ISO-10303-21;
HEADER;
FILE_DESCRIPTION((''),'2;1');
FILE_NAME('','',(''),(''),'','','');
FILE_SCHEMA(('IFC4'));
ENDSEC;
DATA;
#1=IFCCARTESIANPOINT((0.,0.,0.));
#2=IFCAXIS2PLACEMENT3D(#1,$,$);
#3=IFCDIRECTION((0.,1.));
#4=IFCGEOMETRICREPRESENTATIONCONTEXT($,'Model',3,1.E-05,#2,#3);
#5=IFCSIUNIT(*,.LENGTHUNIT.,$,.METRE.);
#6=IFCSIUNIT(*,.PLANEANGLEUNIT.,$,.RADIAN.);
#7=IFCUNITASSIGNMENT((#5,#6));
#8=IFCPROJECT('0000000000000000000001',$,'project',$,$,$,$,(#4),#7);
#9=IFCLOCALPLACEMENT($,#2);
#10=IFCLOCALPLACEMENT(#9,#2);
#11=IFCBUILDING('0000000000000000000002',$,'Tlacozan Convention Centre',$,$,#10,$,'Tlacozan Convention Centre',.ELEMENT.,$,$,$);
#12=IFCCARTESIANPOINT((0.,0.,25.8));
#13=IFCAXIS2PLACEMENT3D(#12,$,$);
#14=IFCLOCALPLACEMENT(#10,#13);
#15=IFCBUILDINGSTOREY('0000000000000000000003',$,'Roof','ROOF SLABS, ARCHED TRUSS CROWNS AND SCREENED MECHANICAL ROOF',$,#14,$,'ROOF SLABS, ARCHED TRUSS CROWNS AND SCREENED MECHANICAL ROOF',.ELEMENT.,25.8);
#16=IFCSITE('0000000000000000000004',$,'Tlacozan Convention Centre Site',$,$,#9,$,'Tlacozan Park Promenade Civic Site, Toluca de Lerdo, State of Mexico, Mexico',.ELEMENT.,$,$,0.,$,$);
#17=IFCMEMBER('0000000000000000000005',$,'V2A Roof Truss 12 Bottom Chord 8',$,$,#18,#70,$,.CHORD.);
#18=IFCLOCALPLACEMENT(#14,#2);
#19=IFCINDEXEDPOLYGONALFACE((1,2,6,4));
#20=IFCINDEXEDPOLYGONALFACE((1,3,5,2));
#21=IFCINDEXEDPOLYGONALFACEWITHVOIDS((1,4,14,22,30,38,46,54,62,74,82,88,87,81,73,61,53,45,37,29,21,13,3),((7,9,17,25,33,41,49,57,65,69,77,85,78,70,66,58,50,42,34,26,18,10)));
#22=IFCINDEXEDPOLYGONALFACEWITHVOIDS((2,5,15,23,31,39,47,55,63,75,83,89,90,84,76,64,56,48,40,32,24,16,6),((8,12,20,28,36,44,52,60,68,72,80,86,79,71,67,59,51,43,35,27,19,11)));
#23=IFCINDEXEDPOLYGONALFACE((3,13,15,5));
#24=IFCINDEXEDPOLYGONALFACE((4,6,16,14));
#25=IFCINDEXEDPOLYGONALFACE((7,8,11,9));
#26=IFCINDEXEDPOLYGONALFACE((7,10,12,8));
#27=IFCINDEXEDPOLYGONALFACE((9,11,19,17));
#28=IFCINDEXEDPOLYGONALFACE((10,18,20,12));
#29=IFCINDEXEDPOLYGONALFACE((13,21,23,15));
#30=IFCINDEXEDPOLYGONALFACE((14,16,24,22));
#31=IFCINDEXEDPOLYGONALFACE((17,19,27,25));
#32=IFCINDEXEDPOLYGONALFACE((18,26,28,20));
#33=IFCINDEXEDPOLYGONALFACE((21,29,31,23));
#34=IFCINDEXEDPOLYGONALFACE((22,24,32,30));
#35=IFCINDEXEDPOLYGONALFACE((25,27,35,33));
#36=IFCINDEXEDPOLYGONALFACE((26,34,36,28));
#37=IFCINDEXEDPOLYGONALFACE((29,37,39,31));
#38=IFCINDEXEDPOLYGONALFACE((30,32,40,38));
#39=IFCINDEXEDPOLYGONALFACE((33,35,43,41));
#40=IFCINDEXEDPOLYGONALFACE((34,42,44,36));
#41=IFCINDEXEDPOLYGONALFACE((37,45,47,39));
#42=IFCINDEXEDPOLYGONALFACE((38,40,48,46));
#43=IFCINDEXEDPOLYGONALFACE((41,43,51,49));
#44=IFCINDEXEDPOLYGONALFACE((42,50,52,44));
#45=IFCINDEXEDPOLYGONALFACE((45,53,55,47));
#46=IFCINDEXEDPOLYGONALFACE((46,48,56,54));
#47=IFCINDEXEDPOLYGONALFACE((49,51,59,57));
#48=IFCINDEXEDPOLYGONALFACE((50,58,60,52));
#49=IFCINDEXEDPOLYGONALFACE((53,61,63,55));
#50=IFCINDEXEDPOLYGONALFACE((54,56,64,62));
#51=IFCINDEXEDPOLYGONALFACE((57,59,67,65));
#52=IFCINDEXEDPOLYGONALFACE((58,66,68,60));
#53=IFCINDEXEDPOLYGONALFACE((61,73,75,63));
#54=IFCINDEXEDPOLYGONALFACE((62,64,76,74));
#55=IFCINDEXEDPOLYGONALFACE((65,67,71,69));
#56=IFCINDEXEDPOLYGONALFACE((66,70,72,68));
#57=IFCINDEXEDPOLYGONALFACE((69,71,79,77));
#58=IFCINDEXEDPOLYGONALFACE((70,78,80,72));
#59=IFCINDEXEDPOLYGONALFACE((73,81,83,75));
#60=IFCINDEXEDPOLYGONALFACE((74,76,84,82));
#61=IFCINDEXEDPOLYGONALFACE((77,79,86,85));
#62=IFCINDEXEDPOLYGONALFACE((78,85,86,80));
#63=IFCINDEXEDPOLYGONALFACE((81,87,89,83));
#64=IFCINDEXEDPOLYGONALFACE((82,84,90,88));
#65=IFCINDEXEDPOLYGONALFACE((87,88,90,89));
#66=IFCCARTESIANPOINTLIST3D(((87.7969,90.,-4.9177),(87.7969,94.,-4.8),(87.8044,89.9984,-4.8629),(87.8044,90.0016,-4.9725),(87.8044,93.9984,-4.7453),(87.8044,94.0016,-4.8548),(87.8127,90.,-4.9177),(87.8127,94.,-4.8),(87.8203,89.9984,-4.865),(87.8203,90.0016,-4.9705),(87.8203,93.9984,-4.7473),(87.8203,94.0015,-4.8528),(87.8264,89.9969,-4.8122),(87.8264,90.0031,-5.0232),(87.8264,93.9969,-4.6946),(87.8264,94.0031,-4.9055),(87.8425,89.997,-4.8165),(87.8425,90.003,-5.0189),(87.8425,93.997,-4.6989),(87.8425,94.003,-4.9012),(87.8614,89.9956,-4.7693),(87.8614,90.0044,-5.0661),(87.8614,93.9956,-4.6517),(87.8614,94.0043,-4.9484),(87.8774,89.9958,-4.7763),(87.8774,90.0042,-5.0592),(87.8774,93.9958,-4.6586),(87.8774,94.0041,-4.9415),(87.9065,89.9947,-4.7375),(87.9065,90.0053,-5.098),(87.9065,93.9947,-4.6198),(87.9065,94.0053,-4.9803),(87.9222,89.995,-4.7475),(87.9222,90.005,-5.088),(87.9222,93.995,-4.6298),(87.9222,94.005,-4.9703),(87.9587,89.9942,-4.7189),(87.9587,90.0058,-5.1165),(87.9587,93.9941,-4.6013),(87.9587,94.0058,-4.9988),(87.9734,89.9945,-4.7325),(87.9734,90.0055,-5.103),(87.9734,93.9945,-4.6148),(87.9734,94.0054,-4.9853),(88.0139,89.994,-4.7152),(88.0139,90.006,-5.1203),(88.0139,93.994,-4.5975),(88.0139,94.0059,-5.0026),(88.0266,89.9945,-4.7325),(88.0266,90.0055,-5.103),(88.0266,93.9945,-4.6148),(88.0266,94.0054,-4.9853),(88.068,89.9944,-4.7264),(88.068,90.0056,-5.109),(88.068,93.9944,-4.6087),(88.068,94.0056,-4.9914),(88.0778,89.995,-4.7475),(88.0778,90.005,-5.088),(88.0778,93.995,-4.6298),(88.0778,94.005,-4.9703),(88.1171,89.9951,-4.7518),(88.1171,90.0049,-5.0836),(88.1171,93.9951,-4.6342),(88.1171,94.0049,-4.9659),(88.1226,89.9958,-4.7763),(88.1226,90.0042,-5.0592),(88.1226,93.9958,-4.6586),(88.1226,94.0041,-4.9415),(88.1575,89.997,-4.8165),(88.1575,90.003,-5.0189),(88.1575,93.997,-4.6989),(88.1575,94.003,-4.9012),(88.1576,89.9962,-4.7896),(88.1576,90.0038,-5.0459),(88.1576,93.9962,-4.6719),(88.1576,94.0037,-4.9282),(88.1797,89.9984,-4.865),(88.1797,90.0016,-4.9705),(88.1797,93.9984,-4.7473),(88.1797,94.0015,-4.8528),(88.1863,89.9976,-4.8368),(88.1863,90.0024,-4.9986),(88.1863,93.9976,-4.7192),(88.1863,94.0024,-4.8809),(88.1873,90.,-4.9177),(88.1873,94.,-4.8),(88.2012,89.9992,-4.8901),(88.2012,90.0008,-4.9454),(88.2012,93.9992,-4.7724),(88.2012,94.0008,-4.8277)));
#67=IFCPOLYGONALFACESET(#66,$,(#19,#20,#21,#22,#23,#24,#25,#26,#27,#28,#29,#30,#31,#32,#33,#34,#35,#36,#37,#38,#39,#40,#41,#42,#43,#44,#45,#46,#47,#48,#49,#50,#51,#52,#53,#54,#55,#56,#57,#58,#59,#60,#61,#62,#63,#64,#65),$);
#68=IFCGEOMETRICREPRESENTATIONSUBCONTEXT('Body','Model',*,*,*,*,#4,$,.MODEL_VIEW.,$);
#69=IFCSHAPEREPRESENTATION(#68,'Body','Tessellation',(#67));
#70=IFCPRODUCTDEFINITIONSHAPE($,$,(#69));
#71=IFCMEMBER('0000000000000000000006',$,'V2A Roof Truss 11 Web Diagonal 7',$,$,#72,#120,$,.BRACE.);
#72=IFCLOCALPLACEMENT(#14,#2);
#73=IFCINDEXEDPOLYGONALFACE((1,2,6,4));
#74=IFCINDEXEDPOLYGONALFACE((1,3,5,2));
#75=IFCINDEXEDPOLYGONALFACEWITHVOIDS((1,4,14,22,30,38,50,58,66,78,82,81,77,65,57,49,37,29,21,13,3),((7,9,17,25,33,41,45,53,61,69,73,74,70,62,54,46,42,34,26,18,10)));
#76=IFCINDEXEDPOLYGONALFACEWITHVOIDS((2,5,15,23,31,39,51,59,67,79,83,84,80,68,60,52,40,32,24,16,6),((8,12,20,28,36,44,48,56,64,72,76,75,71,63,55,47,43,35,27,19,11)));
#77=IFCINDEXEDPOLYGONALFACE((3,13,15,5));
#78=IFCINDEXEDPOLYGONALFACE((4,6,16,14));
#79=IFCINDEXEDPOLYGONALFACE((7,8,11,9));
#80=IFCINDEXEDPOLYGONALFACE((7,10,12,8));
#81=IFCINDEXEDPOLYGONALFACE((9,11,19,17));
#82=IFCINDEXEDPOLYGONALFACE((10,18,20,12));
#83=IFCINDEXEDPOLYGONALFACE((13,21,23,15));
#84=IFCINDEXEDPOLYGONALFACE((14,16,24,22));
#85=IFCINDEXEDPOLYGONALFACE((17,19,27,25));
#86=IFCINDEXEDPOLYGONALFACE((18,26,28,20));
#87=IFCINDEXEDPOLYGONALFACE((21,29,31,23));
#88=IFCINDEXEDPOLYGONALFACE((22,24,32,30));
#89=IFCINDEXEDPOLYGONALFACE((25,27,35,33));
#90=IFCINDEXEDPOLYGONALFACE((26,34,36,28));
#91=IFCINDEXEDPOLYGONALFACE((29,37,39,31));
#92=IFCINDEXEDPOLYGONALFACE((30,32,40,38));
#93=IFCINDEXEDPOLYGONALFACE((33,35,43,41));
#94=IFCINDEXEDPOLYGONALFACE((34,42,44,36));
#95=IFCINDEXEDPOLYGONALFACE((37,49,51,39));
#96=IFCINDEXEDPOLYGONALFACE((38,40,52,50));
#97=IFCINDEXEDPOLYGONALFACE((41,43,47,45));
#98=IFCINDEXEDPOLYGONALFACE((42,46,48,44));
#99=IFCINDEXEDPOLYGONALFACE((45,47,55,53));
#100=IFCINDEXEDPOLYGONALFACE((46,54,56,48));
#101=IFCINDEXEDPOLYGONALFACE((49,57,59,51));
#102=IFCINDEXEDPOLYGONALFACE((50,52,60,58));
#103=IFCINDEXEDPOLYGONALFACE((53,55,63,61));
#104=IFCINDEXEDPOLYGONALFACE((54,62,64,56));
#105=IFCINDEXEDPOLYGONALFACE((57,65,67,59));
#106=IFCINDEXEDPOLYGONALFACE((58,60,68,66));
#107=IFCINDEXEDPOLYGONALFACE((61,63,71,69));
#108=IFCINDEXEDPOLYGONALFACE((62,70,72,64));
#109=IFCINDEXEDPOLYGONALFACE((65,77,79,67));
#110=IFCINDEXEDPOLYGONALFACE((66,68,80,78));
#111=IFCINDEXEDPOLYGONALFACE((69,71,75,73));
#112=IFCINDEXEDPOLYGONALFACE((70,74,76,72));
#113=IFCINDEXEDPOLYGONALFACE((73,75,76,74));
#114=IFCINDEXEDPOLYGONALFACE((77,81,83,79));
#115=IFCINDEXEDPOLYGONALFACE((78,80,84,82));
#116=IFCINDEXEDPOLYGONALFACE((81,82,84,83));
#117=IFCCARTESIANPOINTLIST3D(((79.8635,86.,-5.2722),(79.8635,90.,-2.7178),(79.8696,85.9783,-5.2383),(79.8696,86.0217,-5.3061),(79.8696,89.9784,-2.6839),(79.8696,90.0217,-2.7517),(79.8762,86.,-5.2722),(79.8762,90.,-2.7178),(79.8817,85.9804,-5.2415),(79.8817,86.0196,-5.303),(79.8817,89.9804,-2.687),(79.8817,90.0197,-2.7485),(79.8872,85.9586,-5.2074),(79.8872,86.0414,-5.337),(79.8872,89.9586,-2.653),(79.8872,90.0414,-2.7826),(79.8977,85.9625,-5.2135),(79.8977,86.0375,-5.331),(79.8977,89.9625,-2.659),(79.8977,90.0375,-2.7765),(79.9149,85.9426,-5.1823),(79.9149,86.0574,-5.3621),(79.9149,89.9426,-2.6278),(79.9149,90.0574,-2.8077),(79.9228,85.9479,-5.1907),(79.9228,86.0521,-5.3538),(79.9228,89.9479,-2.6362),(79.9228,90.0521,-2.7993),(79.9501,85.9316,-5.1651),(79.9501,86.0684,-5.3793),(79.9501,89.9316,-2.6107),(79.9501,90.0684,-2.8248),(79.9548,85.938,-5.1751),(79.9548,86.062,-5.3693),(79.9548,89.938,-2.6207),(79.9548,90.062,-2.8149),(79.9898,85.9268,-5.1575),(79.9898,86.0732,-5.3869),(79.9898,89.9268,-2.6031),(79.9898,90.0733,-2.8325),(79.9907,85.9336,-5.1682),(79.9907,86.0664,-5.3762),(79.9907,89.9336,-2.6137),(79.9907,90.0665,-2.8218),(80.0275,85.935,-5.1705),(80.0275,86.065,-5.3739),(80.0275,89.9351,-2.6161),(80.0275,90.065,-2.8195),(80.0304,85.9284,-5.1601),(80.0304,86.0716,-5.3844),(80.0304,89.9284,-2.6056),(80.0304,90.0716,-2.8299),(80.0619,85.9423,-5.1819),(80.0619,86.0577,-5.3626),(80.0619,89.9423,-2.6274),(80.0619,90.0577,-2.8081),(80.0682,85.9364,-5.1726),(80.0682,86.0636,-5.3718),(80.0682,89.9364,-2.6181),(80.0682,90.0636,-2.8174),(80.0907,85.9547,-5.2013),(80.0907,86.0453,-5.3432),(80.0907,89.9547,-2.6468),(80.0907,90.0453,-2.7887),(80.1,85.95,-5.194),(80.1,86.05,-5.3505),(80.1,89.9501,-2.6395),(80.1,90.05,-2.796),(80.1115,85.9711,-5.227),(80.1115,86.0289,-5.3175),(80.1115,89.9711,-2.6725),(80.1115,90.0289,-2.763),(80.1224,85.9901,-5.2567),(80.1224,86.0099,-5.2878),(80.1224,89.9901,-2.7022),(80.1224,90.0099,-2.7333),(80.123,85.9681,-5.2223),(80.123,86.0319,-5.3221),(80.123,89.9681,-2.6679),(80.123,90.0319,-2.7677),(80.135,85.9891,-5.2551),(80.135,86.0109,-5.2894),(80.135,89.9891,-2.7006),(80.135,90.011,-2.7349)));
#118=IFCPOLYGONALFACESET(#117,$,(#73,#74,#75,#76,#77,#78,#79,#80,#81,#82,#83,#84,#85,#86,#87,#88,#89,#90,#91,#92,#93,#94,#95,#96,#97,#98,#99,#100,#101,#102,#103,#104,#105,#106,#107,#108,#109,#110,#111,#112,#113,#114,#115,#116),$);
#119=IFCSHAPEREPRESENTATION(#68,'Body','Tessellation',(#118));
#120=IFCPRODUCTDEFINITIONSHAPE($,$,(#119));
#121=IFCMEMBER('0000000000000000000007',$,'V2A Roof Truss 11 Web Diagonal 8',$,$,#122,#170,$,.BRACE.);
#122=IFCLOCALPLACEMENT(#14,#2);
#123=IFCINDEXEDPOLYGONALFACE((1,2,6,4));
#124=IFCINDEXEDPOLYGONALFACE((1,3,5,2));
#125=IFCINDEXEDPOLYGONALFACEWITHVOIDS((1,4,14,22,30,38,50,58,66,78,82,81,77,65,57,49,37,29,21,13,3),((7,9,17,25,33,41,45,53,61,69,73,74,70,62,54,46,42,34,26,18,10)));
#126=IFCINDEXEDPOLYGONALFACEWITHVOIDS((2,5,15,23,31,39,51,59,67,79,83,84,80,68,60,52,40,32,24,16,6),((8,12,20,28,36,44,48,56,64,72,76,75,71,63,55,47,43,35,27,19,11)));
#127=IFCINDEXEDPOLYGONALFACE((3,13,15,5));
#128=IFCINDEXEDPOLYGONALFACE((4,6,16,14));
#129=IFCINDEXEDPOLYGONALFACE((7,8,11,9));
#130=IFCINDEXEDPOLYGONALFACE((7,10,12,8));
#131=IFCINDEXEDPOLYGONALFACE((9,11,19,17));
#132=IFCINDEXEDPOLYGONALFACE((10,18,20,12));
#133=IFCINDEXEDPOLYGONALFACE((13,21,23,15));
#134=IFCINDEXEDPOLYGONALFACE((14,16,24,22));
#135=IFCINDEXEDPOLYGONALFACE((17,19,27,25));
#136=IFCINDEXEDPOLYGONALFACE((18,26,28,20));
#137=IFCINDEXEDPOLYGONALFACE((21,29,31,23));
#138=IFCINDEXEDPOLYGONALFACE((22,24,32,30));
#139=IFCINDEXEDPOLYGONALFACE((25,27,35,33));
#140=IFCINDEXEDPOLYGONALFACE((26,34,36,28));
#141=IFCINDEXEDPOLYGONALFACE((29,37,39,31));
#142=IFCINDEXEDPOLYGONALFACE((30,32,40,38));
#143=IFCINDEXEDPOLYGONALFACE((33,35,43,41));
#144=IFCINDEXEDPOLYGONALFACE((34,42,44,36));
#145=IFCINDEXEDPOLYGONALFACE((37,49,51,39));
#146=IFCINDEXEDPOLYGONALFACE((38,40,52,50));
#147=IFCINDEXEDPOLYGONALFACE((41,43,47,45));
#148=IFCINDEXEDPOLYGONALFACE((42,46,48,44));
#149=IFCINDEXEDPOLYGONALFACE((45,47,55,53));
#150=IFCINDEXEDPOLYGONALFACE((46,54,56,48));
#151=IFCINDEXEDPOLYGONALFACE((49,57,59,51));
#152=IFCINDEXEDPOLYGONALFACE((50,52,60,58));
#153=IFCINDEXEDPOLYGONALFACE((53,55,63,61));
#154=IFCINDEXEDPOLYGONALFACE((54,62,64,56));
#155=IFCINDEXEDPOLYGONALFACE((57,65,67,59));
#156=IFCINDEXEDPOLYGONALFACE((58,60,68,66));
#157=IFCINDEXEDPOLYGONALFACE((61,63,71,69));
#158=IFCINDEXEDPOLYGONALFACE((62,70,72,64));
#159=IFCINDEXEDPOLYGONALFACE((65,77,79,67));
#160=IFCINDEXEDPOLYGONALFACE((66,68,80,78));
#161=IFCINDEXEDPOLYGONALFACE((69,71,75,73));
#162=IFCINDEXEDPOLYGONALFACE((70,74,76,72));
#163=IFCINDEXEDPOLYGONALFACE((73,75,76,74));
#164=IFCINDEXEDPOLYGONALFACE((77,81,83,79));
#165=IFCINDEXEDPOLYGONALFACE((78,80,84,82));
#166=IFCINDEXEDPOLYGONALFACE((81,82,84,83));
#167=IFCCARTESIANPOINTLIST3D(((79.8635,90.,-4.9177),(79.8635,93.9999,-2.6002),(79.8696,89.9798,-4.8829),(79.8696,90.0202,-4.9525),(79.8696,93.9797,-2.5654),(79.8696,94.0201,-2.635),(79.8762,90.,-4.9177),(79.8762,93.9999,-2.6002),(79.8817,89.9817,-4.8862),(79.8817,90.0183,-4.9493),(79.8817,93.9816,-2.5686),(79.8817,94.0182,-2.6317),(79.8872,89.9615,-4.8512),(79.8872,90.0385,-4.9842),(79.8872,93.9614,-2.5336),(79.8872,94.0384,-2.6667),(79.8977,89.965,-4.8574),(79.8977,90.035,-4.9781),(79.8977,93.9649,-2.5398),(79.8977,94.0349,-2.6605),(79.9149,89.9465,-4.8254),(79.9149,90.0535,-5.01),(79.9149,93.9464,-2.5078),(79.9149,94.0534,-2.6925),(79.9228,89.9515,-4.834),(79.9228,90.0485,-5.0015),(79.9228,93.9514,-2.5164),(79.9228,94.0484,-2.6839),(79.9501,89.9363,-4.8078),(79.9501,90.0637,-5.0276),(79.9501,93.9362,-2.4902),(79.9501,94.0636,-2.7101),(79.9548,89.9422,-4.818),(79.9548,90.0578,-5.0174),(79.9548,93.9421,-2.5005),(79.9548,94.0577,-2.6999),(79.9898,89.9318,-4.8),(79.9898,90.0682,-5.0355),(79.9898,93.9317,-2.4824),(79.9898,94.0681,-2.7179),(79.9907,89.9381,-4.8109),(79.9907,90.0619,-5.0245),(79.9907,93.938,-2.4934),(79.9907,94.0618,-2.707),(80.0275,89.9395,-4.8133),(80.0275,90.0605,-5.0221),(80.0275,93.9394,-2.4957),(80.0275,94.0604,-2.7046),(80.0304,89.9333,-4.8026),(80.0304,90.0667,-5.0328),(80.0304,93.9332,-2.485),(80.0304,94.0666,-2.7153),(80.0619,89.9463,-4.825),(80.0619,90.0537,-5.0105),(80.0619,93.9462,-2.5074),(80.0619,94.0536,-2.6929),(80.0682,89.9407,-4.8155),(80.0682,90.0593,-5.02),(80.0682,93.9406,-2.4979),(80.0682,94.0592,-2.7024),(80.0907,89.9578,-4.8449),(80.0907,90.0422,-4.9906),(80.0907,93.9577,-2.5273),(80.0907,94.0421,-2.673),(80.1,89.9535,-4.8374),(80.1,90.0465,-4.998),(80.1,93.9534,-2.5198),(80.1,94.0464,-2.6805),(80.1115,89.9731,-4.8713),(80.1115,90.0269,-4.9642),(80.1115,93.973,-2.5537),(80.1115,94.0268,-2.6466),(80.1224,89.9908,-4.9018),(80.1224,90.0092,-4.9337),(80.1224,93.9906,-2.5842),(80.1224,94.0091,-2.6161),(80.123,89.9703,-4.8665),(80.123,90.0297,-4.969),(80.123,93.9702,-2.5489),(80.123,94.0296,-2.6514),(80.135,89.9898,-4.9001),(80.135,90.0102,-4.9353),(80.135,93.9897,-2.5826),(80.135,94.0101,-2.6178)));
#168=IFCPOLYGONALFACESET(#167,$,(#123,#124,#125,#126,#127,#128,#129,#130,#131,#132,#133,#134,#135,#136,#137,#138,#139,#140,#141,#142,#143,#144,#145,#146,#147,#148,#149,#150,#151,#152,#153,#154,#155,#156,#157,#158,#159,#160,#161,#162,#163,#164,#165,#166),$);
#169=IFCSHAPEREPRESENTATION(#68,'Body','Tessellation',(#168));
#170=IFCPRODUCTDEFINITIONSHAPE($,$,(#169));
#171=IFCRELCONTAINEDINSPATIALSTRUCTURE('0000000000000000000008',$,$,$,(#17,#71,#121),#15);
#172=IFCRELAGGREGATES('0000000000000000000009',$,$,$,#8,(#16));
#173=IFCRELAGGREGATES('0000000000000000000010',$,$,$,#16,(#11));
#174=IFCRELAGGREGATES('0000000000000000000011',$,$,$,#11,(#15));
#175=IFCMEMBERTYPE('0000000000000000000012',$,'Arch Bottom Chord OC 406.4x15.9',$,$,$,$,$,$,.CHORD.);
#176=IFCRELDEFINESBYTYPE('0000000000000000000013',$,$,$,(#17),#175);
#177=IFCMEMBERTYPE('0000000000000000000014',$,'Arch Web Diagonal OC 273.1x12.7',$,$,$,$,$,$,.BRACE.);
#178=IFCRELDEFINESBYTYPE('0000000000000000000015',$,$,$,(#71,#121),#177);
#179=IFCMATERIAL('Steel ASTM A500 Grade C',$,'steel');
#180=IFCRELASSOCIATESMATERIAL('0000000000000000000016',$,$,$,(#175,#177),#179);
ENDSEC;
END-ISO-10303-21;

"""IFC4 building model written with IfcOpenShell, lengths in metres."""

from ifc_helpers import new_model, si_unit, direction, frame, origin, origin_2d, place, context, subcontext, project, spatial, hollow_circle, extrude, material, material_profile, profile_set, type_object, element, save


model = new_model("IFC4")

# Units and contexts
model_context = context("Model", 3, precision=1e-05, world=origin(), true_north=direction((0.0, 1.0)))
body_context = subcontext(model_context, "Body", "Model", "MODEL_VIEW")
ifc_project = project(units=[si_unit("LENGTHUNIT", "METRE"), si_unit("PLANEANGLEUNIT", "RADIAN")], contexts=[model_context])

# Site, building, storey
site_placement = place(None, origin())
site = spatial("IfcSite", under=ifc_project, at=site_placement, Name="Tlacozan Convention Centre Site", LongName="Tlacozan Park Promenade Civic Site, Toluca de Lerdo, State of Mexico, Mexico", CompositionType="ELEMENT", RefElevation=0.0)
building_placement = place(site_placement, origin())
building = spatial("IfcBuilding", under=site, at=building_placement, Name="Tlacozan Convention Centre", LongName="Tlacozan Convention Centre", CompositionType="ELEMENT")
storey_placement = place(building_placement, frame((0.0, 0.0, 25.8)))
storey = spatial("IfcBuildingStorey", under=building, at=storey_placement, Name="Roof", Description="ROOF SLABS, ARCHED TRUSS CROWNS AND SCREENED MECHANICAL ROOF", LongName="ROOF SLABS, ARCHED TRUSS CROWNS AND SCREENED MECHANICAL ROOF", CompositionType="ELEMENT", Elevation=25.8)

# Members
ifc_material_1 = material(Name="Steel ASTM A500 Grade C", Category="steel")
ifc_material_profile_1 = material_profile(ifc_material_1, hollow_circle(Radius=0.2031, WallThickness=0.0159, at=origin_2d()), Name="OC 406.4x15.9")
ifc_profile_set_1 = profile_set([ifc_material_profile_1], Name="Steel ASTM A500 Grade C")
member_type_1 = type_object("IfcMemberType", Name="Arch Bottom Chord OC 406.4x15.9", PredefinedType="CHORD", material=ifc_profile_set_1)
member_1_placement = place(storey_placement, frame((88.0, 90.0, -4.9177), z_axis=(0.0, 0.999568, 0.029406), x_axis=(-1.0, 0.0, 0.0)))
element("IfcMember", 1, at=member_1_placement, inside=storey, type_object=member_type_1, Name="V2A Roof Truss 12 Bottom Chord 8", PredefinedType="CHORD", context=body_context, shape_type="SweptSolid", body=[
    extrude(hollow_circle(Radius=0.2031, WallThickness=0.0159, at=origin_2d()), origin(), (0.0, 0.0, 1.0), 4.0017),
])
ifc_material_profile_2 = material_profile(ifc_material_1, hollow_circle(Radius=0.1365, WallThickness=0.0127, at=origin_2d()), Name="OC 273.1x12.7")
ifc_profile_set_2 = profile_set([ifc_material_profile_2], Name="Steel ASTM A500 Grade C")
member_type_2 = type_object("IfcMemberType", Name="Arch Web Diagonal OC 273.1x12.7", PredefinedType="BRACE", material=ifc_profile_set_2)
member_2_placement = place(storey_placement, frame((80.0, 86.0, -5.2722), z_axis=(0.0, 0.842803, 0.538223), x_axis=(-1.0, 0.0, 0.0)))
element("IfcMember", 2, at=member_2_placement, inside=storey, type_object=member_type_2, Name="V2A Roof Truss 11 Web Diagonal 7", PredefinedType="BRACE", context=body_context, shape_type="SweptSolid", body=[
    extrude(hollow_circle(Radius=0.1365, WallThickness=0.0127, at=origin_2d()), origin(), (0.0, 0.0, 1.0), 4.7461),
])
member_3_placement = place(storey_placement, frame((80.0, 90.0, -4.9177), z_axis=(0.0, 0.865254, 0.501334), x_axis=(-1.0, 0.0, 0.0)))
element("IfcMember", 3, at=member_3_placement, inside=storey, type_object=member_type_2, Name="V2A Roof Truss 11 Web Diagonal 8", PredefinedType="BRACE", context=body_context, shape_type="SweptSolid", body=[
    extrude(hollow_circle(Radius=0.1365, WallThickness=0.0127, at=origin_2d()), origin(), (0.0, 0.0, 1.0), 4.6228),
])

save(model, "model.ifc")
